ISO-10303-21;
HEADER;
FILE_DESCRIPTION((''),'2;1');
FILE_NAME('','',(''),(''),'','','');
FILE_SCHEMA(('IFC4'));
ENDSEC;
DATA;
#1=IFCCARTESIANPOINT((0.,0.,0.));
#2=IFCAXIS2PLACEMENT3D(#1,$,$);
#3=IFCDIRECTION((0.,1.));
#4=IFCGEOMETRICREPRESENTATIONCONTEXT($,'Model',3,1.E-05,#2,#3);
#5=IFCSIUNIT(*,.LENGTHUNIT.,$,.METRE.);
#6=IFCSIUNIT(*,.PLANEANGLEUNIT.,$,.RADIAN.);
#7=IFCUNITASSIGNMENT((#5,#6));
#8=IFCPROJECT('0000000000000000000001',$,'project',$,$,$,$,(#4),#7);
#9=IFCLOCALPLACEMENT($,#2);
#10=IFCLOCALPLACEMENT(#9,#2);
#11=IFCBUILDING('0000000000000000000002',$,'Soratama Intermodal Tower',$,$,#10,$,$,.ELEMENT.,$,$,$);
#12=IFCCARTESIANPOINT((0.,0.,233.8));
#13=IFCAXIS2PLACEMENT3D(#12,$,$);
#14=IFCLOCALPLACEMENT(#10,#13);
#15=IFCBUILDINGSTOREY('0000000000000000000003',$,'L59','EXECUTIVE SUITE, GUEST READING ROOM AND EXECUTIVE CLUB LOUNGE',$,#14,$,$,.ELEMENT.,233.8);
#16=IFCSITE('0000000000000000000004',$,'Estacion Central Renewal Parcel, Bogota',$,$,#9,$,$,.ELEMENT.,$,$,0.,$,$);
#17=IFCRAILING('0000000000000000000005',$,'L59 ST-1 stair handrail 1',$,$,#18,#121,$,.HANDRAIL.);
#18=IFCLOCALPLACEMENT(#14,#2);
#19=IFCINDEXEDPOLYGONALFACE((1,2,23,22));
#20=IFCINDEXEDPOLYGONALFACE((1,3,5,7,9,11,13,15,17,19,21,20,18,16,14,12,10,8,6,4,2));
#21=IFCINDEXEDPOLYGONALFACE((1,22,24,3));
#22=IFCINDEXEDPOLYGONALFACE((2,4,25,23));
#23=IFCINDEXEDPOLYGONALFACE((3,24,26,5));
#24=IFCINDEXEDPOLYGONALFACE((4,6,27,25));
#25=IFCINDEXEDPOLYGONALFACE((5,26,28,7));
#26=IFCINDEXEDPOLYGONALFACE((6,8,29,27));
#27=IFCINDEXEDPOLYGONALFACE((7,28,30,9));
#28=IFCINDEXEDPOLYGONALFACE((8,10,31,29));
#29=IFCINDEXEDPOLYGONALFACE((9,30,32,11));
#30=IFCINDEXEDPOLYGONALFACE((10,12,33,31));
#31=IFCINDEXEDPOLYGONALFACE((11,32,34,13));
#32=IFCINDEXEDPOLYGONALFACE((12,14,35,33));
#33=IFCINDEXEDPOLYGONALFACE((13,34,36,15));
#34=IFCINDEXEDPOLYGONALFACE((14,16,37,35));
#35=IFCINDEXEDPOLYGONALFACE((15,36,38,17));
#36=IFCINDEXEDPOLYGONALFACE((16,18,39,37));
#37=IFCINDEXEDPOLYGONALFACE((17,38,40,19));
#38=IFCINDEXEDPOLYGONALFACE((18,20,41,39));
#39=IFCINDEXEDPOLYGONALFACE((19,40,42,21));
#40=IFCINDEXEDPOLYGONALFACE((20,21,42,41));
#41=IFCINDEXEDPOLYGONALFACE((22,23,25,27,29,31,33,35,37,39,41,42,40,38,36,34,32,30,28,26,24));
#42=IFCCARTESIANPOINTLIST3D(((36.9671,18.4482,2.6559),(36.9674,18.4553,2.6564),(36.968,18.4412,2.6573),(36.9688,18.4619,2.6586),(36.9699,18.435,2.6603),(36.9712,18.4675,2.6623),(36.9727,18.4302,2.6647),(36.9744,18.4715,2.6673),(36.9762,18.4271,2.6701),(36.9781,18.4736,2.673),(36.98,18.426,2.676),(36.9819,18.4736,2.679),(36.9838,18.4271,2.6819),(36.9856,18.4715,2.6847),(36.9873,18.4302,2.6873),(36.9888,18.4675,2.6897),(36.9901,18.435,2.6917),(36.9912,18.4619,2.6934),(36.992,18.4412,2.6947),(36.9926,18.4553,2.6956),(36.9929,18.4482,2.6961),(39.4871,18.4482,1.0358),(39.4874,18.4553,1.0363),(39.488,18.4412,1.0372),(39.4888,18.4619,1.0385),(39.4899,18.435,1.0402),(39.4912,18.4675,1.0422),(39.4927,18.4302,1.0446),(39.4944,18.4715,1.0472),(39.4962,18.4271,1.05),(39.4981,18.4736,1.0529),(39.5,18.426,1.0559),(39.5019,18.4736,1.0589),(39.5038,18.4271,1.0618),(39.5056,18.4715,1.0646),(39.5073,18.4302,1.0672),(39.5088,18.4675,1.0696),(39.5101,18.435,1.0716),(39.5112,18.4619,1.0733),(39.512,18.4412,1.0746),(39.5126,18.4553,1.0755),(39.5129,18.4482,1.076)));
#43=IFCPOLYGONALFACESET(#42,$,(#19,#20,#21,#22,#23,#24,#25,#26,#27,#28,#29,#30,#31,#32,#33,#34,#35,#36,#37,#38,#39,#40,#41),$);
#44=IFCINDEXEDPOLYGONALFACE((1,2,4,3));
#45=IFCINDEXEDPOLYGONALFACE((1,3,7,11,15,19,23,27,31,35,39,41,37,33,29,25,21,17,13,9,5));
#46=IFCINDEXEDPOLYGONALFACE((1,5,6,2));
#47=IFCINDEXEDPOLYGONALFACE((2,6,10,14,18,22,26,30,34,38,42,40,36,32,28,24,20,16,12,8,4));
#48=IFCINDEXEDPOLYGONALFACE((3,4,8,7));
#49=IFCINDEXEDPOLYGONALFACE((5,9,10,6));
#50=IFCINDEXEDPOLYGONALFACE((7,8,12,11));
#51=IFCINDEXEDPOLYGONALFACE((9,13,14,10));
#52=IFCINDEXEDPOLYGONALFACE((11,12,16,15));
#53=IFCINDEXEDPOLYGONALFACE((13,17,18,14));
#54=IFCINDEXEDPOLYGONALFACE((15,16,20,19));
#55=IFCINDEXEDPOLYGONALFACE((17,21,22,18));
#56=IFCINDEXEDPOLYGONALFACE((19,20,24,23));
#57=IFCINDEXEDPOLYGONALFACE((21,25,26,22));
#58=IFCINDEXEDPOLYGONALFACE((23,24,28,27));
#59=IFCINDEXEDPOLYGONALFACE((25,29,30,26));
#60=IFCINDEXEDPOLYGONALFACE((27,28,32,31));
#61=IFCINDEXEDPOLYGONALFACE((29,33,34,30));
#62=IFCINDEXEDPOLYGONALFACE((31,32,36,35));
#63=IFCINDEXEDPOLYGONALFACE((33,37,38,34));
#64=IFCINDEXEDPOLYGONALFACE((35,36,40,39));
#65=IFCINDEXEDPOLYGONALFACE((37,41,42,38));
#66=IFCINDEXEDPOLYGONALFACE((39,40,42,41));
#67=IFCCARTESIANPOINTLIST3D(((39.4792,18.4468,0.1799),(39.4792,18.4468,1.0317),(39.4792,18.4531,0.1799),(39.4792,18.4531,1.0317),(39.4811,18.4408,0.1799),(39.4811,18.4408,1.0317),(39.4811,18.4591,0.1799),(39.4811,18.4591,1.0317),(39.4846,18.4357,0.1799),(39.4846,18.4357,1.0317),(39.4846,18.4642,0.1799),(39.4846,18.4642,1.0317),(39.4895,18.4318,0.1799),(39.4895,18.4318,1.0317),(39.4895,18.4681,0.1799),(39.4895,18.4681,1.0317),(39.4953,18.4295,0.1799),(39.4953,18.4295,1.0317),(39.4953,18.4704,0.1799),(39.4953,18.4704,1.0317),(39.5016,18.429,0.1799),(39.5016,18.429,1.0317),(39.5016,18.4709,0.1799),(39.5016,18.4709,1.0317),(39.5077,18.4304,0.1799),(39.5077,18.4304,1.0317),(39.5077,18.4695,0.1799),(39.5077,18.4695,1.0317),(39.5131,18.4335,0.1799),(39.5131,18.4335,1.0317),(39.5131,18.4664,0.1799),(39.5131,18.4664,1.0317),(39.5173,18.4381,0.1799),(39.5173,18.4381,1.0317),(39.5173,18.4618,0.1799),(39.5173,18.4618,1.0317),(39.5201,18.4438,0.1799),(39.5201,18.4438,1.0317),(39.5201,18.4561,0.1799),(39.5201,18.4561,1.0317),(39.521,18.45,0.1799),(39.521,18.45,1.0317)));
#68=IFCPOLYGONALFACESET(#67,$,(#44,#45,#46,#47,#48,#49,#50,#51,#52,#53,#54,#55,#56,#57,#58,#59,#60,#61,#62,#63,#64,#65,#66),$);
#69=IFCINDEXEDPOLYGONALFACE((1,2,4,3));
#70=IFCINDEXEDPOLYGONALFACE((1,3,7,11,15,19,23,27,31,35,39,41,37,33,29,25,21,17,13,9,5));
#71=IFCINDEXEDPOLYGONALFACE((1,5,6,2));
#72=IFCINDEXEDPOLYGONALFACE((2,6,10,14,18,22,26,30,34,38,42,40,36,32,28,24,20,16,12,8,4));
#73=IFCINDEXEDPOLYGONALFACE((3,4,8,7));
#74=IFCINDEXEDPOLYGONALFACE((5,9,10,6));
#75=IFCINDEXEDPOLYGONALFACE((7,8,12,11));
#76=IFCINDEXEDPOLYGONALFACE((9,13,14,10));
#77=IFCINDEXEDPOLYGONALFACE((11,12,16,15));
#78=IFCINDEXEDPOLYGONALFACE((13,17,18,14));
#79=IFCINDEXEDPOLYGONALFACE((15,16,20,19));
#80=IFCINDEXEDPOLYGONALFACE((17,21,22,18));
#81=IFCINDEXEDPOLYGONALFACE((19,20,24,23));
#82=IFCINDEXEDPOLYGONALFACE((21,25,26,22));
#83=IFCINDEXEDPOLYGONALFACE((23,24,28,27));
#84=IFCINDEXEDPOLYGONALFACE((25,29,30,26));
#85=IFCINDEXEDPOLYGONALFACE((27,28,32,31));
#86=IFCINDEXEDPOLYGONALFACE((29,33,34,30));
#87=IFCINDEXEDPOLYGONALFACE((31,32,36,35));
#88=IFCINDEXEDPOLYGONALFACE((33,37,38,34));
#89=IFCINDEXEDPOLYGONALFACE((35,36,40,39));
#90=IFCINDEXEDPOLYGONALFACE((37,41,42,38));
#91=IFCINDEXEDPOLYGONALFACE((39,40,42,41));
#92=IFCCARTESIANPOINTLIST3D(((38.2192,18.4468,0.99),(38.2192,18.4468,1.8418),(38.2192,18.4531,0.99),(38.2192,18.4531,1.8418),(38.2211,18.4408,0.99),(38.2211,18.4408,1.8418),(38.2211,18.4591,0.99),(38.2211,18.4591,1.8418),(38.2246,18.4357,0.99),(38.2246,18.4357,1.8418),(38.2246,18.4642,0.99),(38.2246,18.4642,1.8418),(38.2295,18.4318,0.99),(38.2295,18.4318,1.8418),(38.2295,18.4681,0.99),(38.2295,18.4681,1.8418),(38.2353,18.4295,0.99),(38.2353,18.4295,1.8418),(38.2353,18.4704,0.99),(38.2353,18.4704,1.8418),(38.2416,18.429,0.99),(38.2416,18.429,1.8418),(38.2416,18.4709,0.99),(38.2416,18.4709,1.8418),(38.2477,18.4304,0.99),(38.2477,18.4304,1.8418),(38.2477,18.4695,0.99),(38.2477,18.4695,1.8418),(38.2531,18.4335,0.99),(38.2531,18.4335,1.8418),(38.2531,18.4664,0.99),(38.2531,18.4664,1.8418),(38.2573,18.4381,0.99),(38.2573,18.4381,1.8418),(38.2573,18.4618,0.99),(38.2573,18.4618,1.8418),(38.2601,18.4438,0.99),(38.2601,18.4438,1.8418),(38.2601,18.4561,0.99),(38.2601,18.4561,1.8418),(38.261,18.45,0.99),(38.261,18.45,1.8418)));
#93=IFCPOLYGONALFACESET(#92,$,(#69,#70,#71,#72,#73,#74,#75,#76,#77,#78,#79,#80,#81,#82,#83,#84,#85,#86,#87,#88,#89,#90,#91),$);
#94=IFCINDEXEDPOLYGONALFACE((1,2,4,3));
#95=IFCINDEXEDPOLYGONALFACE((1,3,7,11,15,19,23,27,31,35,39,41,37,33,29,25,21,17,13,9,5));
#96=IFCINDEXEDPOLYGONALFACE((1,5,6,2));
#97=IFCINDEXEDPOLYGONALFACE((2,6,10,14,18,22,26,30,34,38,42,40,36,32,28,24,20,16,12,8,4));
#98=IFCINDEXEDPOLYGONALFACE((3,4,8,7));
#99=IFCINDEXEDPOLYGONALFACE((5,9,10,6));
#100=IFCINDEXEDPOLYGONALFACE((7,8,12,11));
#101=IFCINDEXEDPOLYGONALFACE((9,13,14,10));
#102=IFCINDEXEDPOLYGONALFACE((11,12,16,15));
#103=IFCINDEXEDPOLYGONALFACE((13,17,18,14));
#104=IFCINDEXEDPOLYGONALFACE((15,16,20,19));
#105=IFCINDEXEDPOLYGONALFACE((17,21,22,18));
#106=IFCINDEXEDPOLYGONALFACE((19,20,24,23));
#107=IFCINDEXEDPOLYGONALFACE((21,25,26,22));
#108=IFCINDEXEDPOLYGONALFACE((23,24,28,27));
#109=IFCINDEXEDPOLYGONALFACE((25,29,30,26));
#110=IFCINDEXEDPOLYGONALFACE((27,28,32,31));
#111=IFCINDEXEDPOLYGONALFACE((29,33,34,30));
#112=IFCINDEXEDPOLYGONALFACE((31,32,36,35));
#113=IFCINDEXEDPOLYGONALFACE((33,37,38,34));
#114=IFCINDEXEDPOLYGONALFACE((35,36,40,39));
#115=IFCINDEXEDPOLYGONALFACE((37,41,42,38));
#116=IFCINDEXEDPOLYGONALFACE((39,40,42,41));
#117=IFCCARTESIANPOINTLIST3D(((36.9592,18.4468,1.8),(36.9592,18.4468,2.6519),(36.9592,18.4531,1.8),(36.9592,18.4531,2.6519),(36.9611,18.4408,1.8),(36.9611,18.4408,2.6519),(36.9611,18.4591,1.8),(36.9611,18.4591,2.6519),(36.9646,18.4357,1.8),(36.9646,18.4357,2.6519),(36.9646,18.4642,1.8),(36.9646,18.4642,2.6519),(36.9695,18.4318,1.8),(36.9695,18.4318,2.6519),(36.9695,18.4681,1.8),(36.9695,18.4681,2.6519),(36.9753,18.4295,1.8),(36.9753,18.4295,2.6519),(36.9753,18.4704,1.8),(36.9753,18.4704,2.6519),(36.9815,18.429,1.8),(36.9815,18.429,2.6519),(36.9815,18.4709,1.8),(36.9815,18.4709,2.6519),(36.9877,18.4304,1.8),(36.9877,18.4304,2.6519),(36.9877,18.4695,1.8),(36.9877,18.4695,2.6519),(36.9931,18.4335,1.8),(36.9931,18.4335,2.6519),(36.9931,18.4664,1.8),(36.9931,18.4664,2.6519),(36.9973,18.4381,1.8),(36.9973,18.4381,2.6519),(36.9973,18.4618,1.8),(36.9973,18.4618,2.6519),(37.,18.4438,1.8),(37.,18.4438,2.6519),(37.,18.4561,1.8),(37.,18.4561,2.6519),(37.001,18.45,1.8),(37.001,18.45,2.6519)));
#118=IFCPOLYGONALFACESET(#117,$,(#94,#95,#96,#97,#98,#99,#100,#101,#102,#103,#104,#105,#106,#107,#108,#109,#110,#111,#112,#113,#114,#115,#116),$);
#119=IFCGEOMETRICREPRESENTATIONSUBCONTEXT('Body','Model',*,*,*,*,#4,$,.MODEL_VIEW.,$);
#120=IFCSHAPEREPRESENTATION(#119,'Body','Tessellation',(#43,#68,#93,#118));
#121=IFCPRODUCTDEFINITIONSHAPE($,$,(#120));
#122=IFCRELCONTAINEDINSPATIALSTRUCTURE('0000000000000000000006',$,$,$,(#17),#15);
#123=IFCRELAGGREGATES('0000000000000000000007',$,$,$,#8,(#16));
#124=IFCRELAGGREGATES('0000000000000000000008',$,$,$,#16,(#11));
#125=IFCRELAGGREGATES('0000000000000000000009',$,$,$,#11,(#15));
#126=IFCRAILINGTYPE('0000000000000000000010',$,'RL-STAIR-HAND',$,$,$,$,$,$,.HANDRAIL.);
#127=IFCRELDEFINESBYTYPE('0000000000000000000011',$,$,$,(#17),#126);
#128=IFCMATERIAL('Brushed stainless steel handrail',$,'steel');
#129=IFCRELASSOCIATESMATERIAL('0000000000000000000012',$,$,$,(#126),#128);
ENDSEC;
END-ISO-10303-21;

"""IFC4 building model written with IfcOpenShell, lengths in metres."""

from ifc_helpers import new_model, si_unit, direction, frame, origin, origin_2d, place, context, subcontext, project, spatial, circle, extrude, material, type_object, element, save


model = new_model("IFC4")

# Units and contexts
model_context = context("Model", 3, precision=1e-05, world=origin(), true_north=direction((0.0, 1.0)))
body_context = subcontext(model_context, "Body", "Model", "MODEL_VIEW")
ifc_project = project(units=[si_unit("LENGTHUNIT", "METRE"), si_unit("PLANEANGLEUNIT", "RADIAN")], contexts=[model_context])

# Site, building, storey
site_placement = place(None, origin())
site = spatial("IfcSite", under=ifc_project, at=site_placement, Name="Estacion Central Renewal Parcel, Bogota", CompositionType="ELEMENT", RefElevation=0.0)
building_placement = place(site_placement, origin())
building = spatial("IfcBuilding", under=site, at=building_placement, Name="Soratama Intermodal Tower", CompositionType="ELEMENT")
storey_placement = place(building_placement, frame((0.0, 0.0, 233.8)))
storey = spatial("IfcBuildingStorey", under=building, at=storey_placement, Name="L59", Description="EXECUTIVE SUITE, GUEST READING ROOM AND EXECUTIVE CLUB LOUNGE", CompositionType="ELEMENT", Elevation=233.8)

# Railing
ifc_material_1 = material(Name="Brushed stainless steel handrail", Category="steel")
railing_type_1 = type_object("IfcRailingType", Name="RL-STAIR-HAND", PredefinedType="HANDRAIL", material=ifc_material_1)
railing_1_placement = place(storey_placement, frame((39.5, 18.45, 0.1799)))
element("IfcRailing", 1, at=railing_1_placement, inside=storey, type_object=railing_type_1, Name="L59 ST-1 stair handrail 1", PredefinedType="HANDRAIL", context=body_context, shape_type="SweptSolid", body=[
    extrude(circle(Radius=0.0239, at=origin_2d()), frame((0.0, 0.0, 0.876), z_axis=(-0.841163, 0.0, 0.540782), x_axis=(0.0, -1.0, 0.0)), (0.0, 0.0, 1.0), 2.9958),
    extrude(circle(Radius=0.021, at=origin_2d()), origin(), (0.0, 0.0, 1.0), 0.8518),
    extrude(circle(Radius=0.021, at=origin_2d()), frame((-1.26, 0.0, 0.8101)), (0.0, 0.0, 1.0), 0.8518),
    extrude(circle(Radius=0.021, at=origin_2d()), frame((-2.52, 0.0, 1.6201)), (0.0, 0.0, 1.0), 0.8518),
])

save(model, "model.ifc")
